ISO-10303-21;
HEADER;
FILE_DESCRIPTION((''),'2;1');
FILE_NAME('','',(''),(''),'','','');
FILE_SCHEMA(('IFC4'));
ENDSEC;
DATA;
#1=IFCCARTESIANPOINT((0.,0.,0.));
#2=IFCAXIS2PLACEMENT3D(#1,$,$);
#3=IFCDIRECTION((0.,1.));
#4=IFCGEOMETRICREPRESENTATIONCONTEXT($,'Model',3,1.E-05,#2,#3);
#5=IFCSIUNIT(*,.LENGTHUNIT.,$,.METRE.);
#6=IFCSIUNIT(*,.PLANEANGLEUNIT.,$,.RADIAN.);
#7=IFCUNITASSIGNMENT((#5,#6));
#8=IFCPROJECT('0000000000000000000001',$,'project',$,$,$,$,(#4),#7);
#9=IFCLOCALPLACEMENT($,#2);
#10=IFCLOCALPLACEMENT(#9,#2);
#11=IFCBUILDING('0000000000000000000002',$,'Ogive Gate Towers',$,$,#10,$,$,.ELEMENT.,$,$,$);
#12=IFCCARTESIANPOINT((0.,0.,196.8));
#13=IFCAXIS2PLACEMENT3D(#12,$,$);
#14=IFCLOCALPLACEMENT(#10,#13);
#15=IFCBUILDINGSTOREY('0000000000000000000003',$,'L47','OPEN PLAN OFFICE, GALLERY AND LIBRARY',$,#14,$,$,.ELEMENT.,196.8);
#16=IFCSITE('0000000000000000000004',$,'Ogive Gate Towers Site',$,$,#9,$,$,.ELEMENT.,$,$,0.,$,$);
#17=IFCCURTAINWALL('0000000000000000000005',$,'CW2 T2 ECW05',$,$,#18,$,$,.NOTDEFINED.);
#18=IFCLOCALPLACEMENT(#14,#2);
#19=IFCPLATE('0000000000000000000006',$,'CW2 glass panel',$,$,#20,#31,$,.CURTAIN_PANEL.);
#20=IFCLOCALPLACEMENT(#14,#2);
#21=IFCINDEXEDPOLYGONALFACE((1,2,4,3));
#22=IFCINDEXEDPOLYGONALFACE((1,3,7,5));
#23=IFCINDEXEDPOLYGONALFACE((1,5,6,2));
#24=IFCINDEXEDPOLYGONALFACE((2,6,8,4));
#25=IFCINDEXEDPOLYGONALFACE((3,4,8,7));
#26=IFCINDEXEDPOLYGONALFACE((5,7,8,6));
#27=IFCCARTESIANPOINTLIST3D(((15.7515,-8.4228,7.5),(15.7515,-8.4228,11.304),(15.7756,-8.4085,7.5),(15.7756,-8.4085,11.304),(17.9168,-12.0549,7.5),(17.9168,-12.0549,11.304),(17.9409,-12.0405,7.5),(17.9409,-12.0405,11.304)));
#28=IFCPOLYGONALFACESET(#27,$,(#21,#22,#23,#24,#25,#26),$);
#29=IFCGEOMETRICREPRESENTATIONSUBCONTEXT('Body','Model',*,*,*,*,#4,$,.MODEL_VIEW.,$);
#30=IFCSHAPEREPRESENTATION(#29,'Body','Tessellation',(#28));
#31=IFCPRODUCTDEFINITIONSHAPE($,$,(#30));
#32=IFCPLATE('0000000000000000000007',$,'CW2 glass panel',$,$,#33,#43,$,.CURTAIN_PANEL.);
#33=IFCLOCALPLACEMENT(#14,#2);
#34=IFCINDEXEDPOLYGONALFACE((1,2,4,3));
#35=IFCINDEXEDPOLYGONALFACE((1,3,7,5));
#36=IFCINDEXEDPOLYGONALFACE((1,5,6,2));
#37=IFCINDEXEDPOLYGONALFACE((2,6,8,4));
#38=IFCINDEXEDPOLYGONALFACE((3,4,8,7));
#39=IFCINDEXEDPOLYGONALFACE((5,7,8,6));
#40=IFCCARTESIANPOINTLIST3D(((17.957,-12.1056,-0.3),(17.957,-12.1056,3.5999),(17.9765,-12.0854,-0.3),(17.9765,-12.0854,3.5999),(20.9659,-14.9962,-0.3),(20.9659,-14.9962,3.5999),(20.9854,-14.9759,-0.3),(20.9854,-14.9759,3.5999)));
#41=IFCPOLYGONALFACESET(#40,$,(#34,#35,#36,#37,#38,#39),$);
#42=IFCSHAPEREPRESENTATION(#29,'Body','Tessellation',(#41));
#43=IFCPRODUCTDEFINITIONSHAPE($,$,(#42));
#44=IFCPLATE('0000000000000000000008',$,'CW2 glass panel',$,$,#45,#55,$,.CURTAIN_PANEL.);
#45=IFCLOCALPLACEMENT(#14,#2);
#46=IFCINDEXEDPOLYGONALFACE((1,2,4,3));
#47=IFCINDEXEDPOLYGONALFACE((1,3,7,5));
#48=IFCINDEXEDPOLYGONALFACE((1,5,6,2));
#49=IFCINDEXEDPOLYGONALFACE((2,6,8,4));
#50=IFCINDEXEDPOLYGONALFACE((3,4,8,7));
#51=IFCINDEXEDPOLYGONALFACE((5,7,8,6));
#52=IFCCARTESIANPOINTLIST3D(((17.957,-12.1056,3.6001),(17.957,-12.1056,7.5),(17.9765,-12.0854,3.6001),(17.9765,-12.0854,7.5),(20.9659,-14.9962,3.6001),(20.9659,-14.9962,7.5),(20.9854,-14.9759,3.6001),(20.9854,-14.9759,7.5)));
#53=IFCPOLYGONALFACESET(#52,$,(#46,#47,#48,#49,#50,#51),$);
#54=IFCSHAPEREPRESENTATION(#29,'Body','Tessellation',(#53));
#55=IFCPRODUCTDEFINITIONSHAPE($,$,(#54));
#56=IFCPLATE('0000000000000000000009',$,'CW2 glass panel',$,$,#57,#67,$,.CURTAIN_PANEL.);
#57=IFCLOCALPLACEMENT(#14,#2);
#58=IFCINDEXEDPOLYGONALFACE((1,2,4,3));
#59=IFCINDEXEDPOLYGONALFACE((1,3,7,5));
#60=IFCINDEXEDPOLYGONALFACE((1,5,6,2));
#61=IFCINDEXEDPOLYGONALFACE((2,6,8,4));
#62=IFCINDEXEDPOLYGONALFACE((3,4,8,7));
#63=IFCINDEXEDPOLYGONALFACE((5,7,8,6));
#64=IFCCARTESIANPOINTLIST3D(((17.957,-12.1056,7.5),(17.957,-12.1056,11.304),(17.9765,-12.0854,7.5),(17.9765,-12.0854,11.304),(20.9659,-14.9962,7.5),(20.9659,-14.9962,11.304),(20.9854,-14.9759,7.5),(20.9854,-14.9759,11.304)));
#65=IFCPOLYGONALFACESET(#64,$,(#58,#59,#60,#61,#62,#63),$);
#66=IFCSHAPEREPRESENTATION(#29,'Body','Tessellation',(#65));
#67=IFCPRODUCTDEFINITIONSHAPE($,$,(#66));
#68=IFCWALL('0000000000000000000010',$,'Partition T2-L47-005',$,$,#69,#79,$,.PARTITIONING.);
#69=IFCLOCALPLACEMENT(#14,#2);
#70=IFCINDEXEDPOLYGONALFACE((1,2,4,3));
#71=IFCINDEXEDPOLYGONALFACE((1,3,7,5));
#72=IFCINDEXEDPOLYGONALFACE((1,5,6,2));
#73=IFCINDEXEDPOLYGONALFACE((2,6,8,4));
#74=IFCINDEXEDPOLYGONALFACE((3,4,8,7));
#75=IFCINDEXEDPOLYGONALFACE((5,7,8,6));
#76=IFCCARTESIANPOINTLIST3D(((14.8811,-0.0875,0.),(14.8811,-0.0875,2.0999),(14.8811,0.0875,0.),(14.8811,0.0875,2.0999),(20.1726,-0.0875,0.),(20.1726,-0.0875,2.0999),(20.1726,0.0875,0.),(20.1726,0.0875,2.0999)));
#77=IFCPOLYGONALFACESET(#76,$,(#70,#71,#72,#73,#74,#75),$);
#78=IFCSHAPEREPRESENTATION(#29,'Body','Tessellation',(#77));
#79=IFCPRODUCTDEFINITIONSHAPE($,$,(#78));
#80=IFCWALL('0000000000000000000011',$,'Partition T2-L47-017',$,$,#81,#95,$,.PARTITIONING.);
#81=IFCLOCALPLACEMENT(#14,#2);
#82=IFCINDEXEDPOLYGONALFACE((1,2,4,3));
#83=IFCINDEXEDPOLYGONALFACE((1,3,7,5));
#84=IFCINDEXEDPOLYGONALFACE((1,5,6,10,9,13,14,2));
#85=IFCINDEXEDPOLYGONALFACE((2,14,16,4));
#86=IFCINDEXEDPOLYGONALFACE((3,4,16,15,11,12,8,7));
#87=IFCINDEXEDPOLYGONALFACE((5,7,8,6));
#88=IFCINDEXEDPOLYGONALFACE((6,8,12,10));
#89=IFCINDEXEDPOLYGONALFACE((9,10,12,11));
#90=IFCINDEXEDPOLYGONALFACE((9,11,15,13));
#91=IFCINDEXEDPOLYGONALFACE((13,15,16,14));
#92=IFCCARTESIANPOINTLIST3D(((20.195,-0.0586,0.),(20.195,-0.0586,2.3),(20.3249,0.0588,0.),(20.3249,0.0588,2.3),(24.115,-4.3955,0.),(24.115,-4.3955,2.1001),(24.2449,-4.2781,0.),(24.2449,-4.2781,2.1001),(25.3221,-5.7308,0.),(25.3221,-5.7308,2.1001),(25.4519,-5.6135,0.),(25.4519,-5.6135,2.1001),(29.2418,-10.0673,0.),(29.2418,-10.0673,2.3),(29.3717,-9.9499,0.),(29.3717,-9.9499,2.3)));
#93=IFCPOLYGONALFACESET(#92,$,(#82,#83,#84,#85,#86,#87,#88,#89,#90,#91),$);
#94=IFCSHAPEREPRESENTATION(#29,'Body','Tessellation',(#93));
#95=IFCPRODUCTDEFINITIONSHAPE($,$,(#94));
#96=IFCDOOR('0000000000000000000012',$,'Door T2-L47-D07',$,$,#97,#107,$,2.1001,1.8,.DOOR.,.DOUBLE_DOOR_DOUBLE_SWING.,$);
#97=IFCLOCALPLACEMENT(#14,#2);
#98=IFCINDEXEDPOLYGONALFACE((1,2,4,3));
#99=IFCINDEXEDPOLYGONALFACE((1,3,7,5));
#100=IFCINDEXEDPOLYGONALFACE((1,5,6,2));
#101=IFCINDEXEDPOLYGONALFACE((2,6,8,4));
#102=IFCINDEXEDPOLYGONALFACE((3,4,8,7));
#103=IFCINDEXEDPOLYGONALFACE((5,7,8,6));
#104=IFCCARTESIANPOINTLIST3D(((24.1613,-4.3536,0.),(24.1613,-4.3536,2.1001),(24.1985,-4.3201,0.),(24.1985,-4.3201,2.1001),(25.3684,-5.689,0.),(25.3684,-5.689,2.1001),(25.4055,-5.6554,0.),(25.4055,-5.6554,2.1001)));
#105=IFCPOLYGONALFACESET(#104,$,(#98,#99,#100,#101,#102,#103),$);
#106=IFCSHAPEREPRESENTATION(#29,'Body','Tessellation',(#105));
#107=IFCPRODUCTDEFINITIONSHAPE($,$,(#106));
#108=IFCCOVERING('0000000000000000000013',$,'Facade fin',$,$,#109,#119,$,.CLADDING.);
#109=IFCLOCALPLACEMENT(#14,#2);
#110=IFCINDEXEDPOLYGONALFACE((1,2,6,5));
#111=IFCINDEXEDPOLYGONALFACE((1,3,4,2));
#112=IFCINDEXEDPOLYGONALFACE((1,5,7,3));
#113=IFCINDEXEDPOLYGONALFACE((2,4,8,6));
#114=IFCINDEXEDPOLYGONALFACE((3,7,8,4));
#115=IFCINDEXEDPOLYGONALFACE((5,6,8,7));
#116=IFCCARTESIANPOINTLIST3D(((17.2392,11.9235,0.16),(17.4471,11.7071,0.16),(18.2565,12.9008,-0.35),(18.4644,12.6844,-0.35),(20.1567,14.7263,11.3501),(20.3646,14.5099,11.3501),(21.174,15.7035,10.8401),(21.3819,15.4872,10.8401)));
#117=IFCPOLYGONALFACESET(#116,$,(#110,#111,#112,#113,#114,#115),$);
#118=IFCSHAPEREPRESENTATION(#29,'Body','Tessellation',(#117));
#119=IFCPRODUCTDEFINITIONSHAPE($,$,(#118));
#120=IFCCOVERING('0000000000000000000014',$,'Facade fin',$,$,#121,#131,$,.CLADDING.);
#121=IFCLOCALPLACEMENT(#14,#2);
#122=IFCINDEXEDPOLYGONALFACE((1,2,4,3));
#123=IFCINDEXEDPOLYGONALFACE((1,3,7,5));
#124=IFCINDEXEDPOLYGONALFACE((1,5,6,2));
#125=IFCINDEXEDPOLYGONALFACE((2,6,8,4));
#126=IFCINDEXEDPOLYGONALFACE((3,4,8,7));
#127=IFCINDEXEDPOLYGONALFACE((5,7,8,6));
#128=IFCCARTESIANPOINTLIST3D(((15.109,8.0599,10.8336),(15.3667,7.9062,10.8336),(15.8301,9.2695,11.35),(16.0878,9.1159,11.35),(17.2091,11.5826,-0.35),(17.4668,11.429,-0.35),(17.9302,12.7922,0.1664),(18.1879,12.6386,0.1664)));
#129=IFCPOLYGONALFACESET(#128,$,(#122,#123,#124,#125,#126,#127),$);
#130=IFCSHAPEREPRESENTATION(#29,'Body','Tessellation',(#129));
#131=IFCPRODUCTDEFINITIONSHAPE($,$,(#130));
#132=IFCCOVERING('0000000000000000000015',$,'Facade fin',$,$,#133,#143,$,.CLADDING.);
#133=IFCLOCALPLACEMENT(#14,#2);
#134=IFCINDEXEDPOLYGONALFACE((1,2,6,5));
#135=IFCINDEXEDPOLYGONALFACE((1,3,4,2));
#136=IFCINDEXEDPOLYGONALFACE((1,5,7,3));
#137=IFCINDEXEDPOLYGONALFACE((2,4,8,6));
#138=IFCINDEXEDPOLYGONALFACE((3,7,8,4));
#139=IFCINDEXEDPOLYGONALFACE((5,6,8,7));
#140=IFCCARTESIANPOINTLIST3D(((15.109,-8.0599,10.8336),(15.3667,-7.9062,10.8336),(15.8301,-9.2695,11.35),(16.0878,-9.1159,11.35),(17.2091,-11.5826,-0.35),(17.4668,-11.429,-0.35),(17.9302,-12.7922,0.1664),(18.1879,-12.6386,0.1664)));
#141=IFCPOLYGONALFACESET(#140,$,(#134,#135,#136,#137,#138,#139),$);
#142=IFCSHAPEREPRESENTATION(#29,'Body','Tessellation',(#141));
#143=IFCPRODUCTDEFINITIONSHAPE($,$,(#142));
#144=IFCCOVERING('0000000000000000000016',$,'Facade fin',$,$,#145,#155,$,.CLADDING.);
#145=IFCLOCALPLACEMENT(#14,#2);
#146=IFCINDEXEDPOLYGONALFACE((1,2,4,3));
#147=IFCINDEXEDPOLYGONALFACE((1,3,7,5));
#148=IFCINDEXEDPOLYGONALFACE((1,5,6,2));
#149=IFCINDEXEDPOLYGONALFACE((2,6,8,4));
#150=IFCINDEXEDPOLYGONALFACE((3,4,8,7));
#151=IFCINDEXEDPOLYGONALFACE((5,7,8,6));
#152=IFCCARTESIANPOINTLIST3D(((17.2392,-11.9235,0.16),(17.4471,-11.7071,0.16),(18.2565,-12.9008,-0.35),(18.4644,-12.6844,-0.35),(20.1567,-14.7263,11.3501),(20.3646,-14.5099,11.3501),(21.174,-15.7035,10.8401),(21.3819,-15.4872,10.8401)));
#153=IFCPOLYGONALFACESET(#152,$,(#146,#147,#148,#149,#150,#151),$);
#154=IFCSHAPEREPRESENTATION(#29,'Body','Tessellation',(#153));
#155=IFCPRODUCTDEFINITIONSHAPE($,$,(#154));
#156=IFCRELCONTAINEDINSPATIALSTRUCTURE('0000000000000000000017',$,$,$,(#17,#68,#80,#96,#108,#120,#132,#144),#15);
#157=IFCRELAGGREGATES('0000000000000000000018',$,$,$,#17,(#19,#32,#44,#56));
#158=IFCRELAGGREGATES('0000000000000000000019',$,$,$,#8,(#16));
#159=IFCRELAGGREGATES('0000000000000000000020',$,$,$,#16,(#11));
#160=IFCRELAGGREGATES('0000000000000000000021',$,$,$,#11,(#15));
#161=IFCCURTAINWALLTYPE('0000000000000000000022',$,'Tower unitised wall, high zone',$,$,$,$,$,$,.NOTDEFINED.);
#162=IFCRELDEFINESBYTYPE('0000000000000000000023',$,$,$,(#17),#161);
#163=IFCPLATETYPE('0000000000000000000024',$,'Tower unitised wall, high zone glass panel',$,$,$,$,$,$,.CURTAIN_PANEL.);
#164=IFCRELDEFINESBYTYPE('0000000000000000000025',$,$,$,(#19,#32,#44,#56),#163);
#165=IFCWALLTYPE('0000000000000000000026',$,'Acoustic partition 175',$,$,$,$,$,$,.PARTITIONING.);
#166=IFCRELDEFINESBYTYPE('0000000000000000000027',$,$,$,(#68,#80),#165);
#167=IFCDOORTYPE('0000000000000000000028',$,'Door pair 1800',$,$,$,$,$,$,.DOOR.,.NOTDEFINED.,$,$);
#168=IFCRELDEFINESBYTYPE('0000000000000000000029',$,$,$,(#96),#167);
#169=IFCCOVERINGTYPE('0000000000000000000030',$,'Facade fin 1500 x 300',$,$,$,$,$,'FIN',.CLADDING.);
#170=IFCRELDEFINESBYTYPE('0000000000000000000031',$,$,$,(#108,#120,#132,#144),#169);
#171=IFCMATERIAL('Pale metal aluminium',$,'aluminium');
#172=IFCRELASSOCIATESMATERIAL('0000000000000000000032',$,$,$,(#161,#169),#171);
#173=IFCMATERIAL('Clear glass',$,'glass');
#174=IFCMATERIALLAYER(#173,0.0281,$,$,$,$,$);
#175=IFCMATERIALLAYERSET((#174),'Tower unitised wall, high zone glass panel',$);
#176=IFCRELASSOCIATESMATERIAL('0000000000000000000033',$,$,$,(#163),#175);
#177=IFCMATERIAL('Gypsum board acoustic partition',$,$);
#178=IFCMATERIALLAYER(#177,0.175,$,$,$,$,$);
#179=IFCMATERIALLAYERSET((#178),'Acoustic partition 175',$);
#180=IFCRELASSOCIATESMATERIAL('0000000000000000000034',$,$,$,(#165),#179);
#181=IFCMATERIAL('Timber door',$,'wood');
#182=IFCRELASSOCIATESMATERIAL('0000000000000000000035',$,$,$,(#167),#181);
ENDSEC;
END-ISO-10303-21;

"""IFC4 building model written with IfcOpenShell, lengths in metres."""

from ifc_helpers import new_model, si_unit, direction, frame, frame_2d, origin, origin_2d, place, context, subcontext, project, spatial, rectangle, extrude, material, layer, layer_set, material_profile, profile_set, type_object, element, fill, aggregate, save


model = new_model("IFC4")

# Units and contexts
model_context = context("Model", 3, precision=1e-05, world=origin(), true_north=direction((0.0, 1.0)))
body_context = subcontext(model_context, "Body", "Model", "MODEL_VIEW")
ifc_project = project(units=[si_unit("LENGTHUNIT", "METRE"), si_unit("PLANEANGLEUNIT", "RADIAN")], contexts=[model_context])

# Site, building, storey
site_placement = place(None, origin())
site = spatial("IfcSite", under=ifc_project, at=site_placement, Name="Ogive Gate Towers Site", CompositionType="ELEMENT", RefElevation=0.0)
building_placement = place(site_placement, origin())
building = spatial("IfcBuilding", under=site, at=building_placement, Name="Ogive Gate Towers", CompositionType="ELEMENT")
storey_placement = place(building_placement, frame((0.0, 0.0, 196.8)))
storey = spatial("IfcBuildingStorey", under=building, at=storey_placement, Name="L47", Description="OPEN PLAN OFFICE, GALLERY AND LIBRARY", CompositionType="ELEMENT", Elevation=196.8)

# Shared definitions
ifc_material_1 = material(Name="Pale metal aluminium", Category="aluminium")
curtain_wall_type = type_object("IfcCurtainWallType", Name="Tower unitised wall, high zone", PredefinedType="NOTDEFINED", material=ifc_material_1)

# Curtain wall
curtain_wall_1_placement = place(storey_placement, origin())
curtain_wall_1 = element("IfcCurtainWall", 1, at=curtain_wall_1_placement, inside=storey, type_object=curtain_wall_type, Name="CW2 T2 ECW05", PredefinedType="NOTDEFINED")

# Plates
ifc_material_2 = material(Name="Clear glass", Category="glass")
ifc_layer_1 = layer(ifc_material_2, 0.0281)
ifc_layer_set_1 = layer_set([ifc_layer_1], Name="Tower unitised wall, high zone glass panel")
plate_type = type_object("IfcPlateType", Name="Tower unitised wall, high zone glass panel", PredefinedType="CURTAIN_PANEL", material=ifc_layer_set_1)
plate_1_placement = place(storey_placement, frame((16.8462, -10.2317, 7.5), z_axis=(0.0, 0.0, 1.0), x_axis=(0.512058, -0.858951, 0.0)))
plate_1 = element("IfcPlate", 2, at=plate_1_placement, type_object=plate_type, Name="CW2 glass panel", PredefinedType="CURTAIN_PANEL", context=body_context, shape_type="SweptSolid", body=[
    extrude(rectangle(XDim=4.2285, YDim=0.0281, at=origin_2d()), origin(), (0.0, 0.0, 1.0), 3.804),
])
plate_2_placement = place(storey_placement, frame((19.4712, -13.5408, -0.3), z_axis=(0.0, 0.0, 1.0), x_axis=(0.721144, -0.692785, 0.0)))
plate_2 = element("IfcPlate", 3, at=plate_2_placement, type_object=plate_type, Name="CW2 glass panel", PredefinedType="CURTAIN_PANEL", context=body_context, shape_type="SweptSolid", body=[
    extrude(rectangle(XDim=4.1724, YDim=0.0281, at=origin_2d()), origin(), (0.0, 0.0, 1.0), 3.8999),
])
plate_3_placement = place(storey_placement, frame((19.4712, -13.5408, 3.6001), z_axis=(0.0, 0.0, 1.0), x_axis=(0.721144, -0.692785, 0.0)))
plate_3 = element("IfcPlate", 4, at=plate_3_placement, type_object=plate_type, Name="CW2 glass panel", PredefinedType="CURTAIN_PANEL", context=body_context, shape_type="SweptSolid", body=[
    extrude(rectangle(XDim=4.1724, YDim=0.0281, at=origin_2d()), origin(), (0.0, 0.0, 1.0), 3.8999),
])
plate_4_placement = place(storey_placement, frame((19.4712, -13.5408, 7.5), z_axis=(0.0, 0.0, 1.0), x_axis=(0.721144, -0.692785, 0.0)))
plate_4 = element("IfcPlate", 5, at=plate_4_placement, type_object=plate_type, Name="CW2 glass panel", PredefinedType="CURTAIN_PANEL", context=body_context, shape_type="SweptSolid", body=[
    extrude(rectangle(XDim=4.1724, YDim=0.0281, at=origin_2d()), origin(), (0.0, 0.0, 1.0), 3.804),
])
aggregate(curtain_wall_1, [plate_1, plate_2, plate_3, plate_4])

# Wall
ifc_material_3 = material(Name="Gypsum board acoustic partition")
ifc_layer_2 = layer(ifc_material_3, 0.175)
ifc_layer_set_2 = layer_set([ifc_layer_2], Name="Acoustic partition 175")
wall_type = type_object("IfcWallType", Name="Acoustic partition 175", PredefinedType="PARTITIONING", material=ifc_layer_set_2)
wall_1_placement = place(storey_placement, frame((14.8811, 0.0, 0.0), z_axis=(0.0, 0.0, 1.0), x_axis=(1.0, 0.0, 0.0)))
element("IfcWall", 6, at=wall_1_placement, inside=storey, type_object=wall_type, Name="Partition T2-L47-005", PredefinedType="PARTITIONING", context=body_context, shape_type="SweptSolid", body=[
    extrude(rectangle(XDim=5.2915, YDim=0.175, at=frame_2d((2.6458, 0.0))), origin(), (0.0, 0.0, 1.0), 2.0999),
])

# Wall, opening, door
wall_2_placement = place(storey_placement, frame((20.26, 0.0, 0.0), z_axis=(0.0, 0.0, 1.0), x_axis=(0.670559, -0.741856, 0.0)))
wall_2 = element("IfcWall", 7, at=wall_2_placement, inside=storey, type_object=wall_type, Name="Partition T2-L47-017", PredefinedType="PARTITIONING", context=body_context, shape_type="SweptSolid", body=[
    extrude(rectangle(XDim=13.4915, YDim=0.175, at=frame_2d((6.7456, 0.0))), origin(), (0.0, 0.0, 1.0), 2.3),
])
opening_placement = place(wall_2_placement, frame((5.8459, 0.0, 0.0)))
opening = element("IfcOpeningElement", 8, at=opening_placement, cuts=wall_2, PredefinedType="OPENING", context=body_context, shape_type="SweptSolid", body=[
    extrude(rectangle(XDim=1.8, YDim=2.1001, at=frame_2d((0.8999, 1.05))), frame((0.0, 0.0977, 0.0), z_axis=(0.0, -1.0, 0.0), x_axis=(1.0, 0.0, 0.0)), (0.0, 0.0, 1.0), 0.1951),
])
ifc_material_4 = material(Name="Timber door", Category="wood")
door_type = type_object("IfcDoorType", Name="Door pair 1800", OperationType="NOTDEFINED", PredefinedType="DOOR", material=ifc_material_4)
door_placement = place(opening_placement, origin())
door = element("IfcDoor", 9, at=door_placement, inside=storey, type_object=door_type, Name="Door T2-L47-D07", OperationType="DOUBLE_DOOR_DOUBLE_SWING", OverallHeight=2.1001, OverallWidth=1.8, PredefinedType="DOOR", context=body_context, shape_type="SweptSolid", body=[
    extrude(rectangle(XDim=1.8, YDim=2.1001, at=frame_2d((0.8999, 1.05))), frame((0.0, 0.0249, 0.0), z_axis=(0.0, -1.0, 0.0), x_axis=(1.0, 0.0, 0.0)), (0.0, 0.0, 1.0), 0.05),
])
fill(opening, door)

# Coverings
ifc_material_profile_1 = material_profile(ifc_material_1, rectangle(XDim=0.3, YDim=1.5, at=origin_2d()), Name="1500 x 300 pale metal aluminium")
ifc_profile_set_1 = profile_set([ifc_material_profile_1], Name="Pale metal aluminium")
covering_type = type_object("IfcCoveringType", Name="Facade fin 1500 x 300", ElementType="FIN", PredefinedType="CLADDING", material=ifc_profile_set_1)
covering_1_placement = place(storey_placement, frame((17.8518, 12.304, -0.095), z_axis=(0.245191, 0.235547, 0.940425), x_axis=(-0.692783, 0.721146, 0.0)))
element("IfcCovering", 10, at=covering_1_placement, inside=storey, type_object=covering_type, Name="Facade fin", PredefinedType="CLADDING", context=body_context, shape_type="SweptSolid", body=[
    extrude(rectangle(XDim=0.3, YDim=1.5, at=origin_2d()), origin(), (0.0, 0.0, 1.0), 11.8989),
])
for number, where, z_axis, x_axis, name in (
    (11, (17.6985, 12.1106, -0.0918), (-0.176303, -0.295731, 0.938861), (0.858944, -0.512069, 0.0), "Facade fin"),
    (12, (17.6985, -12.1106, -0.0918), (-0.176303, 0.295731, 0.938861), (-0.858944, -0.512069, 0.0), "Facade fin"),
):
    element("IfcCovering", number, at=place(storey_placement, frame(where, z_axis=z_axis, x_axis=x_axis)), inside=storey, type_object=covering_type, Name=name, PredefinedType="CLADDING", context=body_context, shape_type="SweptSolid", body=[
        extrude(rectangle(XDim=0.3, YDim=1.5, at=origin_2d()), origin(), (0.0, 0.0, 1.0), 11.9119),
    ])
covering_2_placement = place(storey_placement, frame((17.8518, -12.304, -0.095), z_axis=(0.245191, -0.235547, 0.940425), x_axis=(0.692783, 0.721146, 0.0)))
element("IfcCovering", 13, at=covering_2_placement, inside=storey, type_object=covering_type, Name="Facade fin", PredefinedType="CLADDING", context=body_context, shape_type="SweptSolid", body=[
    extrude(rectangle(XDim=0.3, YDim=1.5, at=origin_2d()), origin(), (0.0, 0.0, 1.0), 11.8989),
])

save(model, "model.ifc")
